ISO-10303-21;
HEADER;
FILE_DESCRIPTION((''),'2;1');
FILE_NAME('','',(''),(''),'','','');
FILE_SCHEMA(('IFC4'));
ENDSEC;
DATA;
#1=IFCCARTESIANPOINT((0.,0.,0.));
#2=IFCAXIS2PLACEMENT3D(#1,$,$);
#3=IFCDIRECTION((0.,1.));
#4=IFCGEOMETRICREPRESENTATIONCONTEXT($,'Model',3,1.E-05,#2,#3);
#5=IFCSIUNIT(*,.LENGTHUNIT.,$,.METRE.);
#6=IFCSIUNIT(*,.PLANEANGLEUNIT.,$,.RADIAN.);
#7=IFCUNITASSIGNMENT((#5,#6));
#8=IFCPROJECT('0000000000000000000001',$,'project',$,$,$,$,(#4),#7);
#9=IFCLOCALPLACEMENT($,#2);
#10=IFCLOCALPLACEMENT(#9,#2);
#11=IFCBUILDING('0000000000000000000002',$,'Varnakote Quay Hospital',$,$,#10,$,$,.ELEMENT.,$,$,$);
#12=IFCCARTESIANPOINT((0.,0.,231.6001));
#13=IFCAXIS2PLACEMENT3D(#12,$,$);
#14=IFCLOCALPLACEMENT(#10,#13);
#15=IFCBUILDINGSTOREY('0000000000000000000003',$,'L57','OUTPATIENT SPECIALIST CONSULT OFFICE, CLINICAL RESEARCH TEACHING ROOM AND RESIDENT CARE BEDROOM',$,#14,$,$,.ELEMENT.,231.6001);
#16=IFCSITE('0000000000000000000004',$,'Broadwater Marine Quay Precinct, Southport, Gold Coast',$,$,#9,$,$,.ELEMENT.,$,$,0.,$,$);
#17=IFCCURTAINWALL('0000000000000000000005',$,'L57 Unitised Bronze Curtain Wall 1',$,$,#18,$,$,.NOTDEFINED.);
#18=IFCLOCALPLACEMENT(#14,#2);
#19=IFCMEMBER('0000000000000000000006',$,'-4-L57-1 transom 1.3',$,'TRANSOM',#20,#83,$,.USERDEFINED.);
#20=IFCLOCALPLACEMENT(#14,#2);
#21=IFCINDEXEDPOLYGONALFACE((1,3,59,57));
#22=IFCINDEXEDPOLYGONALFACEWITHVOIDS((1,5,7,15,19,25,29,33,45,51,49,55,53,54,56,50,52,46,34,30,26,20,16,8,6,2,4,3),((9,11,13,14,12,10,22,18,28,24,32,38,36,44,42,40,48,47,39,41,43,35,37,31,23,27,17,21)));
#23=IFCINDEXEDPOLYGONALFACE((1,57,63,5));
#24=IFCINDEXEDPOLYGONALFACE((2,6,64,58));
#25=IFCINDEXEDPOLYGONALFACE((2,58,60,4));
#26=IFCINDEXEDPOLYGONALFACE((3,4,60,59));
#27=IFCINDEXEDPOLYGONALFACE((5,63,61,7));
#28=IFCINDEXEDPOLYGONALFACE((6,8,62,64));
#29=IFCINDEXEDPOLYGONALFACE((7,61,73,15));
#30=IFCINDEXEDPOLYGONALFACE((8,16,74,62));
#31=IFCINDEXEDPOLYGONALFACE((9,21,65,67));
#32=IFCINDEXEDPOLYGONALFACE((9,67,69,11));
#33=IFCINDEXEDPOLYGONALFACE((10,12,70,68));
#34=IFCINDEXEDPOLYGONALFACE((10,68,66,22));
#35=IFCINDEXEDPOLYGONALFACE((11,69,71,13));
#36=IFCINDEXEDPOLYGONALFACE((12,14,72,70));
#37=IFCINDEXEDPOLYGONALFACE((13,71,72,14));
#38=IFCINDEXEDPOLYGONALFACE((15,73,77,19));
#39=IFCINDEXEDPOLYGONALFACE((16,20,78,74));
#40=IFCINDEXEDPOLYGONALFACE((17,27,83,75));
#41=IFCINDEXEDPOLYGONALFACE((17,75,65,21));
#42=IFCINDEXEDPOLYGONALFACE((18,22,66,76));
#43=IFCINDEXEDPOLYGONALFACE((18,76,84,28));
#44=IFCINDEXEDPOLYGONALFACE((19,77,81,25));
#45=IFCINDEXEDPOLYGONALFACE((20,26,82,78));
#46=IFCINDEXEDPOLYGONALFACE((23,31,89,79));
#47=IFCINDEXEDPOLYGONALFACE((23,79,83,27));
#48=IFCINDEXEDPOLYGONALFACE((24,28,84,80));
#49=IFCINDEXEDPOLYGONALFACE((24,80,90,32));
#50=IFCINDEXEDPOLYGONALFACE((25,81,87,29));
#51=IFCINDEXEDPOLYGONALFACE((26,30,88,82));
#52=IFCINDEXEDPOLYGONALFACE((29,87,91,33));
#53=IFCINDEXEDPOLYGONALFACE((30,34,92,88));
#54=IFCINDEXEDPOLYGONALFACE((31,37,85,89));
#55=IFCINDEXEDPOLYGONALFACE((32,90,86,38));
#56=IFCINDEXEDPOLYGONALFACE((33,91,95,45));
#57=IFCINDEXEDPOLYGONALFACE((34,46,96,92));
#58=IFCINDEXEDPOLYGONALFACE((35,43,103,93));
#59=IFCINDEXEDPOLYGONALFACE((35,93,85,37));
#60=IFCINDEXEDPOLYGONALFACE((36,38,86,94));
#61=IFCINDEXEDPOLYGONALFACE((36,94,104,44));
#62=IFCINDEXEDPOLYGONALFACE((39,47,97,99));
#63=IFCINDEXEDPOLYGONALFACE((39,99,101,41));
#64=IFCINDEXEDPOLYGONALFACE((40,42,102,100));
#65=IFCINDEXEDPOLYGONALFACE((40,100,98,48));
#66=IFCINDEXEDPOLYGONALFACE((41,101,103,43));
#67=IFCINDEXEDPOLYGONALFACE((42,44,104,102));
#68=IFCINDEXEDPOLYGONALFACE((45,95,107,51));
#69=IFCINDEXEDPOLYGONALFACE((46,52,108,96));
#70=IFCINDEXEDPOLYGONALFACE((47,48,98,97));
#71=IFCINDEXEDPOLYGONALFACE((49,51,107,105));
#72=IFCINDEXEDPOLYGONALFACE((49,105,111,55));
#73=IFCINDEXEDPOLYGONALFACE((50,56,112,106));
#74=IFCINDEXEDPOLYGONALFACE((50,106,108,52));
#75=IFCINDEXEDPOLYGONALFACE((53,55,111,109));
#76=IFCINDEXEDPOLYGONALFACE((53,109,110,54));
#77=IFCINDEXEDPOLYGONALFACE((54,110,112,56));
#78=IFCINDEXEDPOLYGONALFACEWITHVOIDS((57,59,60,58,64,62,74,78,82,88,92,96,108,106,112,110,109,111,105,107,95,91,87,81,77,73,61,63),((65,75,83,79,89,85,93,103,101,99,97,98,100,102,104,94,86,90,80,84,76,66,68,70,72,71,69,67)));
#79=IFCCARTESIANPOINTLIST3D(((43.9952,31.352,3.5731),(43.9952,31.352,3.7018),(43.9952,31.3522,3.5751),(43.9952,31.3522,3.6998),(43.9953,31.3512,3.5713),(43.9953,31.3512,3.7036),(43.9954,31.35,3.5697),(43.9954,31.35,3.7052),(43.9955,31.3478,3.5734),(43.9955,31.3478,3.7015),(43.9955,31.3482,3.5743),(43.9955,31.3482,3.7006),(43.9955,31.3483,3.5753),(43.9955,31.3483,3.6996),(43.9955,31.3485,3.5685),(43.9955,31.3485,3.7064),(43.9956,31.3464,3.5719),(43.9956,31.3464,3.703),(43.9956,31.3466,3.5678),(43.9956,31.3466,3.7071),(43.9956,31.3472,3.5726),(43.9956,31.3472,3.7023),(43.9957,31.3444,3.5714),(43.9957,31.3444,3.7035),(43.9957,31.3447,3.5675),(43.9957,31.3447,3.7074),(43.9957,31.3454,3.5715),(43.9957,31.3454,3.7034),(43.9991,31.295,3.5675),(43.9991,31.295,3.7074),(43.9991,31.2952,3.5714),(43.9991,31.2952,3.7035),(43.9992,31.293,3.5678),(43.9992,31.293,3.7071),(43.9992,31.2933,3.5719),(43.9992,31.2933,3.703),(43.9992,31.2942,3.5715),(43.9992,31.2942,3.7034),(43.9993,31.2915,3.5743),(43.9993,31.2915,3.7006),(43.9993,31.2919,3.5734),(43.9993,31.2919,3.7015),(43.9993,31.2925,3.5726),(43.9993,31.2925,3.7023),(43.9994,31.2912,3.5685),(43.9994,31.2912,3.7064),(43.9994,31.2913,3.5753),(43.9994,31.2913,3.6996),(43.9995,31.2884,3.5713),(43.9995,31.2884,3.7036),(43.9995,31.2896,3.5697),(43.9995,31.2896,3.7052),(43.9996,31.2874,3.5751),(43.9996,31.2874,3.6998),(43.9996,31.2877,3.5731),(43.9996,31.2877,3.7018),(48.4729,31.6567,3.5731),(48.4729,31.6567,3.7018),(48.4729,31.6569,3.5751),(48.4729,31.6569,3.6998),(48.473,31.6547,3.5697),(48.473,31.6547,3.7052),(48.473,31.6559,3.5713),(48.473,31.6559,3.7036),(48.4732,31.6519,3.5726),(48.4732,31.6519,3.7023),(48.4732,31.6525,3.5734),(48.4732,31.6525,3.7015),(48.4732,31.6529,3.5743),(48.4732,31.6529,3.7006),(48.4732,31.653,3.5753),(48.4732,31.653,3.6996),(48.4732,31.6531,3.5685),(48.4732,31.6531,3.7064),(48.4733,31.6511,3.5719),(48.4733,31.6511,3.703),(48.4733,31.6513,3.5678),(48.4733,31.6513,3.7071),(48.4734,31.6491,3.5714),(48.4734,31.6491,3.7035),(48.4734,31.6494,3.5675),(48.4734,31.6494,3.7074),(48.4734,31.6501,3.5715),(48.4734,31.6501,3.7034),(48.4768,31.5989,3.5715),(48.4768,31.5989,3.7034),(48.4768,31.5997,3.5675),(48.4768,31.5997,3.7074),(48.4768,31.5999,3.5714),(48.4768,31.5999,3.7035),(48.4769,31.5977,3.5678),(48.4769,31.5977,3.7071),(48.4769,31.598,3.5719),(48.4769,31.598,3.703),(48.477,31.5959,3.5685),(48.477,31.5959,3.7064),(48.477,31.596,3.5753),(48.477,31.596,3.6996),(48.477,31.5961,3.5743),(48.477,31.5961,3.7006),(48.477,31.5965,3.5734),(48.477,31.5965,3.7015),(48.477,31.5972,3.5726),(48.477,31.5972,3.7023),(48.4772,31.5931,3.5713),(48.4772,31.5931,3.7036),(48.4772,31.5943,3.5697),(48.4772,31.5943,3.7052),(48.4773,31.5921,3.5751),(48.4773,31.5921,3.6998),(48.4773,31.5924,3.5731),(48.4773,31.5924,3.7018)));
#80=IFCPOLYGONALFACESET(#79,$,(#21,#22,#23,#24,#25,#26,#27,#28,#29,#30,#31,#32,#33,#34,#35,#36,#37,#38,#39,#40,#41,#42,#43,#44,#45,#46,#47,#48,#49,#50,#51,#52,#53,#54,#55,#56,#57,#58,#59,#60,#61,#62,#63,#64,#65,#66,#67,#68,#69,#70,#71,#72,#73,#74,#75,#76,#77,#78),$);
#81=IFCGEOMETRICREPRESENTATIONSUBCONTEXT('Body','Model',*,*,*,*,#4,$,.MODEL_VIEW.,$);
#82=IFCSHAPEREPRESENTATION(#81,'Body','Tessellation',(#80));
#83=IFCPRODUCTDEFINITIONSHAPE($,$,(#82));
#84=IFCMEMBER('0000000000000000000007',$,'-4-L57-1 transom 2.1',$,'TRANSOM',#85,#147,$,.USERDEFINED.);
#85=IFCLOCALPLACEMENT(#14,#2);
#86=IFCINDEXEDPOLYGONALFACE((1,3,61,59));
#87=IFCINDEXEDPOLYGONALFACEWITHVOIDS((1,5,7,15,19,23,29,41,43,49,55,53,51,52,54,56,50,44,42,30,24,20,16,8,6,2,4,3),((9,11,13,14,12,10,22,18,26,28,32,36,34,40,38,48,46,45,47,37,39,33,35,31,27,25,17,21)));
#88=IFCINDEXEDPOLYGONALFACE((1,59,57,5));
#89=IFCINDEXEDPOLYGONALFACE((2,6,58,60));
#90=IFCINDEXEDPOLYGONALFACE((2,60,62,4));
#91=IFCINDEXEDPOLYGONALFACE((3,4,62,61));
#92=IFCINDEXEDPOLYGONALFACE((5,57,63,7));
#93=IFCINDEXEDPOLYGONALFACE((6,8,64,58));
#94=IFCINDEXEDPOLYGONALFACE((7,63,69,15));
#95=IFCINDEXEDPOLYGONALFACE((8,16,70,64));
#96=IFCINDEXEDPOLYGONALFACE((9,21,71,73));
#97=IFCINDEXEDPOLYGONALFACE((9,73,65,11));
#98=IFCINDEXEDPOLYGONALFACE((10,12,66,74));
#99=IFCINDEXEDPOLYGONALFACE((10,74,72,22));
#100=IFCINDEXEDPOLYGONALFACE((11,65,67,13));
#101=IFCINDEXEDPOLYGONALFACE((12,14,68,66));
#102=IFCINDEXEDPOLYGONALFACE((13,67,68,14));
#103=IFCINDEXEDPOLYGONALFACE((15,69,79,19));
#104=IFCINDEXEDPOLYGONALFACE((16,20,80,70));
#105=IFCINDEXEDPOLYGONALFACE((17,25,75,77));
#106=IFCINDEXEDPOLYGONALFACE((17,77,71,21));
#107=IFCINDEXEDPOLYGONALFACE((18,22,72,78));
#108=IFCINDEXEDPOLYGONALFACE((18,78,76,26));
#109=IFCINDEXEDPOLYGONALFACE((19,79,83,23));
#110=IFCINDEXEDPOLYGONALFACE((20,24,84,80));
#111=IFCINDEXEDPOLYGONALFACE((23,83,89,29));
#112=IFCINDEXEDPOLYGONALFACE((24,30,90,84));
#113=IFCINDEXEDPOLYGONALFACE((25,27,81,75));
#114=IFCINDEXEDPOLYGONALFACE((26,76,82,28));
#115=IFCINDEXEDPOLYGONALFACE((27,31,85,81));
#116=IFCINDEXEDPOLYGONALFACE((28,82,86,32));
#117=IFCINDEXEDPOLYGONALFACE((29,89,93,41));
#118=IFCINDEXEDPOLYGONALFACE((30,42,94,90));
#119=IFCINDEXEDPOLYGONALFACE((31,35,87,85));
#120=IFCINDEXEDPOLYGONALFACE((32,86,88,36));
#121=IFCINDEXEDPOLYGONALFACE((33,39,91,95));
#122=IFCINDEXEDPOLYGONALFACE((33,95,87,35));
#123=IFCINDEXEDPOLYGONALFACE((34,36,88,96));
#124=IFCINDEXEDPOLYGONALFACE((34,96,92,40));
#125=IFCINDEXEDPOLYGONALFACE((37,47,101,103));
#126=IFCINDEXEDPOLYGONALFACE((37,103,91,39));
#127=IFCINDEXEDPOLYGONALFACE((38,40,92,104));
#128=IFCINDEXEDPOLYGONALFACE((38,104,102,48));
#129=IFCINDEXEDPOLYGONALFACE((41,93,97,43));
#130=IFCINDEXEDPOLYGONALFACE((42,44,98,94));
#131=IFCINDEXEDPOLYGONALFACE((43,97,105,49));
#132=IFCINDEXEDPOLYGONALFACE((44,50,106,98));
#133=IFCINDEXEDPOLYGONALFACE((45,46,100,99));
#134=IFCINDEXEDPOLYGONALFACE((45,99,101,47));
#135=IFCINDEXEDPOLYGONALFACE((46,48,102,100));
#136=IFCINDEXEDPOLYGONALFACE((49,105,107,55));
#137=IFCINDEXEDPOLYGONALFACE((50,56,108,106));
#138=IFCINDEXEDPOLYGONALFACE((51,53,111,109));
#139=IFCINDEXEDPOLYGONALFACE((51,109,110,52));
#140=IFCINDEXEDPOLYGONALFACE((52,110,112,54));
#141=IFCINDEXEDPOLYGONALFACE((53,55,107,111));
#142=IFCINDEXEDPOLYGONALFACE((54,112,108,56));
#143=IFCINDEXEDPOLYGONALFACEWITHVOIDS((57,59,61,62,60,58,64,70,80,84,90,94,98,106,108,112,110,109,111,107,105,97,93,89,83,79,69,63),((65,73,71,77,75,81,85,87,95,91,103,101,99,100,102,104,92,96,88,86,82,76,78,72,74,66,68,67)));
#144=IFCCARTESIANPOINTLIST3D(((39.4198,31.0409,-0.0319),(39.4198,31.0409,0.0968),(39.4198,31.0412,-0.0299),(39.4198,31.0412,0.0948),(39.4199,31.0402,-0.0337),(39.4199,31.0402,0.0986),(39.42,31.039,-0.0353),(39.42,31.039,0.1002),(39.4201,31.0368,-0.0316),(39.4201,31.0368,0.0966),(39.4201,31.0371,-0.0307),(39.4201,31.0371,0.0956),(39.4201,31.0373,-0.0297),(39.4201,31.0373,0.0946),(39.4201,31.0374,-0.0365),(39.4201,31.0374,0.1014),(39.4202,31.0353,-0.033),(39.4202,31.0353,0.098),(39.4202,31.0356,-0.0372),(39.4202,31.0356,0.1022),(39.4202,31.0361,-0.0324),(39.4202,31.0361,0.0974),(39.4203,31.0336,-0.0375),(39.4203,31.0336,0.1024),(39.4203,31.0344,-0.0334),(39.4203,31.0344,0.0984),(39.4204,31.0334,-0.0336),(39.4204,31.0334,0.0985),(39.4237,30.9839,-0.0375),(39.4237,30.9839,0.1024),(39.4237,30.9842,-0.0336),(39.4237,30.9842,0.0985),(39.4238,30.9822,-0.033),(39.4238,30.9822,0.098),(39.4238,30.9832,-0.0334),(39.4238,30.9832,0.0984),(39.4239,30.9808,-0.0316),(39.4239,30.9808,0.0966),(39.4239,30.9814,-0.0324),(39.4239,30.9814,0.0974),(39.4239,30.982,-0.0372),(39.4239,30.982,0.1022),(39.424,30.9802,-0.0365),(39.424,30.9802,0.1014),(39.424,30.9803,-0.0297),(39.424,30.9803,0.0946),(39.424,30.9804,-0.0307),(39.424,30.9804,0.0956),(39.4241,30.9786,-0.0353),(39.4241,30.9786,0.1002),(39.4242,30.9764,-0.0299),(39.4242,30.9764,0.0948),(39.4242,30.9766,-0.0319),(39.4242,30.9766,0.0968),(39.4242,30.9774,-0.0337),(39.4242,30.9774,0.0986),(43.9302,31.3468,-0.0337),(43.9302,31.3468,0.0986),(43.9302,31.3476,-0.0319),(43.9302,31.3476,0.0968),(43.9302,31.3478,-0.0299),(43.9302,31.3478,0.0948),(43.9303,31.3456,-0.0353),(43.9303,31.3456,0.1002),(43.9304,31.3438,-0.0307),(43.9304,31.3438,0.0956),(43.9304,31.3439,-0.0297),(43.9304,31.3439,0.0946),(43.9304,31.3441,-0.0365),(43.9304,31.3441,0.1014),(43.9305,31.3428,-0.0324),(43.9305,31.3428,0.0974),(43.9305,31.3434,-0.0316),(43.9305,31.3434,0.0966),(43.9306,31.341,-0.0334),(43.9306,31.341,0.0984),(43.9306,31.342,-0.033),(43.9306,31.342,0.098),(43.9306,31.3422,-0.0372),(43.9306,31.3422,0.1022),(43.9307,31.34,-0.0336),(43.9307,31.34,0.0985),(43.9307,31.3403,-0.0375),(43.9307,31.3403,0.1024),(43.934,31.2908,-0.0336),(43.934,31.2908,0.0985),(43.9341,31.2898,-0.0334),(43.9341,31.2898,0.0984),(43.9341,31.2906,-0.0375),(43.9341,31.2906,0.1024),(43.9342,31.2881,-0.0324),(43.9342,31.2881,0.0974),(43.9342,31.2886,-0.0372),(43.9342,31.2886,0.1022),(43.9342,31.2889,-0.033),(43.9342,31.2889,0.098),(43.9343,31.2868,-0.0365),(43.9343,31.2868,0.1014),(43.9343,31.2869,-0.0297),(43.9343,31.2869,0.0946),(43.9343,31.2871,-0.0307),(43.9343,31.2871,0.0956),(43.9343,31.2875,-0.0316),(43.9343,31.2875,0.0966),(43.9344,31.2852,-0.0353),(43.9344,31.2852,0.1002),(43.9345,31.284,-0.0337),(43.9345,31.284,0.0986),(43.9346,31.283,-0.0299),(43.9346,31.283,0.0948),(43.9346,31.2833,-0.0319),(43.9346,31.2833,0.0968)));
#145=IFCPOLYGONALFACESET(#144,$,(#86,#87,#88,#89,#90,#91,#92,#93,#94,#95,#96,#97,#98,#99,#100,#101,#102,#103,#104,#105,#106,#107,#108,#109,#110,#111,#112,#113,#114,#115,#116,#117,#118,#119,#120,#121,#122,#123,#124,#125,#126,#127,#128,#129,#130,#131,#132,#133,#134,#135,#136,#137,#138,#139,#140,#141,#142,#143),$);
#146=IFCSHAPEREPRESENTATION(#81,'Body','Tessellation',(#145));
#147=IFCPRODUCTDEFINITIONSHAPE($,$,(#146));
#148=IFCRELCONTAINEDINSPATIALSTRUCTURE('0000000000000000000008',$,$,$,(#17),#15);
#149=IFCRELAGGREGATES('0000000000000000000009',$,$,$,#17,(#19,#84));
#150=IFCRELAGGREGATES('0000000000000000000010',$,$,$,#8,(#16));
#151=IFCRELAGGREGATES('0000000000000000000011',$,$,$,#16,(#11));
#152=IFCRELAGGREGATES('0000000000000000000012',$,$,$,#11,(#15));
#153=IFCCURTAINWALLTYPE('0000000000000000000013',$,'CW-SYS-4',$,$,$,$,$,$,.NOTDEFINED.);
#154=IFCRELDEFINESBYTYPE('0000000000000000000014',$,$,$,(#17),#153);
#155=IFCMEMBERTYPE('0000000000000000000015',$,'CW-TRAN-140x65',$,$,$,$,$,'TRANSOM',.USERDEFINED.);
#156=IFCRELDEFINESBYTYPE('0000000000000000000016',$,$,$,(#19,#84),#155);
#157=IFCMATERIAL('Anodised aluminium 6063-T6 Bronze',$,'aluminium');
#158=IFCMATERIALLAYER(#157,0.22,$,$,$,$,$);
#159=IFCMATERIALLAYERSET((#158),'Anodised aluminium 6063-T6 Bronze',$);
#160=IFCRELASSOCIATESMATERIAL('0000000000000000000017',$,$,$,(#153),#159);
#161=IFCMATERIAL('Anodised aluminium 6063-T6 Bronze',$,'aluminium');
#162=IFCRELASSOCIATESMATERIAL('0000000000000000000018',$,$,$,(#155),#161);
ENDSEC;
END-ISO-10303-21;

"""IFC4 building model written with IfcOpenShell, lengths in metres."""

from ifc_helpers import new_model, si_unit, direction, frame, origin, origin_2d, place, context, subcontext, project, spatial, hollow_rectangle, extrude, material, layer, layer_set, material_profile, profile_set, type_object, element, aggregate, save


model = new_model("IFC4")

# Units and contexts
model_context = context("Model", 3, precision=1e-05, world=origin(), true_north=direction((0.0, 1.0)))
body_context = subcontext(model_context, "Body", "Model", "MODEL_VIEW")
ifc_project = project(units=[si_unit("LENGTHUNIT", "METRE"), si_unit("PLANEANGLEUNIT", "RADIAN")], contexts=[model_context])

# Site, building, storey
site_placement = place(None, origin())
site = spatial("IfcSite", under=ifc_project, at=site_placement, Name="Broadwater Marine Quay Precinct, Southport, Gold Coast", CompositionType="ELEMENT", RefElevation=0.0)
building_placement = place(site_placement, origin())
building = spatial("IfcBuilding", under=site, at=building_placement, Name="Varnakote Quay Hospital", CompositionType="ELEMENT")
storey_placement = place(building_placement, frame((0.0, 0.0, 231.6001)))
storey = spatial("IfcBuildingStorey", under=building, at=storey_placement, Name="L57", Description="OUTPATIENT SPECIALIST CONSULT OFFICE, CLINICAL RESEARCH TEACHING ROOM AND RESIDENT CARE BEDROOM", CompositionType="ELEMENT", Elevation=231.6001)

# Curtain wall, members
ifc_material_1 = material(Name="Anodised aluminium 6063-T6 Bronze", Category="aluminium")
ifc_layer_1 = layer(ifc_material_1, 0.22)
ifc_layer_set_1 = layer_set([ifc_layer_1], Name="Anodised aluminium 6063-T6 Bronze")
curtain_wall_type = type_object("IfcCurtainWallType", Name="CW-SYS-4", PredefinedType="NOTDEFINED", material=ifc_layer_set_1)
curtain_wall_placement = place(storey_placement, origin())
curtain_wall = element("IfcCurtainWall", 1, at=curtain_wall_placement, inside=storey, type_object=curtain_wall_type, Name="L57 Unitised Bronze Curtain Wall 1", PredefinedType="NOTDEFINED")
ifc_material_2 = material(Name="Anodised aluminium 6063-T6 Bronze", Category="aluminium")
ifc_material_profile_1 = material_profile(ifc_material_2, hollow_rectangle(XDim=0.0649, YDim=0.1399, WallThickness=0.0039, InnerFilletRadius=0.0039, OuterFilletRadius=0.0076, at=origin_2d()), Name="CW-TRAN-140x65")
ifc_profile_set_1 = profile_set([ifc_material_profile_1], Name="Anodised aluminium 6063-T6 Bronze")
member_type_1 = type_object("IfcMemberType", Name="CW-TRAN-140x65", ElementType="TRANSOM", PredefinedType="USERDEFINED", material=ifc_profile_set_1)
member_1_placement = place(storey_placement, frame((48.4751, 31.6245, 3.6375), z_axis=(-0.997693, -0.067887, 0.0), x_axis=(0.067887, -0.997693, 0.0)))
member_1 = element("IfcMember", 2, at=member_1_placement, type_object=member_type_1, Name="-4-L57-1 transom 1.3", ObjectType="TRANSOM", PredefinedType="USERDEFINED", context=body_context, shape_type="SweptSolid", body=[
    extrude(hollow_rectangle(XDim=0.0649, YDim=0.1399, WallThickness=0.0039, InnerFilletRadius=0.0039, OuterFilletRadius=0.0076, at=origin_2d()), origin(), (0.0, 0.0, 1.0), 4.488),
])
member_2_placement = place(storey_placement, frame((43.9324, 31.3154, 0.0325), z_axis=(-0.997697, -0.067831, 0.0), x_axis=(0.067831, -0.997697, 0.0)))
member_2 = element("IfcMember", 3, at=member_2_placement, type_object=member_type_1, Name="-4-L57-1 transom 2.1", ObjectType="TRANSOM", PredefinedType="USERDEFINED", context=body_context, shape_type="SweptSolid", body=[
    extrude(hollow_rectangle(XDim=0.0649, YDim=0.1399, WallThickness=0.0039, InnerFilletRadius=0.0039, OuterFilletRadius=0.0076, at=origin_2d()), origin(), (0.0, 0.0, 1.0), 4.5208),
])
aggregate(curtain_wall, [member_1, member_2])

save(model, "model.ifc")
